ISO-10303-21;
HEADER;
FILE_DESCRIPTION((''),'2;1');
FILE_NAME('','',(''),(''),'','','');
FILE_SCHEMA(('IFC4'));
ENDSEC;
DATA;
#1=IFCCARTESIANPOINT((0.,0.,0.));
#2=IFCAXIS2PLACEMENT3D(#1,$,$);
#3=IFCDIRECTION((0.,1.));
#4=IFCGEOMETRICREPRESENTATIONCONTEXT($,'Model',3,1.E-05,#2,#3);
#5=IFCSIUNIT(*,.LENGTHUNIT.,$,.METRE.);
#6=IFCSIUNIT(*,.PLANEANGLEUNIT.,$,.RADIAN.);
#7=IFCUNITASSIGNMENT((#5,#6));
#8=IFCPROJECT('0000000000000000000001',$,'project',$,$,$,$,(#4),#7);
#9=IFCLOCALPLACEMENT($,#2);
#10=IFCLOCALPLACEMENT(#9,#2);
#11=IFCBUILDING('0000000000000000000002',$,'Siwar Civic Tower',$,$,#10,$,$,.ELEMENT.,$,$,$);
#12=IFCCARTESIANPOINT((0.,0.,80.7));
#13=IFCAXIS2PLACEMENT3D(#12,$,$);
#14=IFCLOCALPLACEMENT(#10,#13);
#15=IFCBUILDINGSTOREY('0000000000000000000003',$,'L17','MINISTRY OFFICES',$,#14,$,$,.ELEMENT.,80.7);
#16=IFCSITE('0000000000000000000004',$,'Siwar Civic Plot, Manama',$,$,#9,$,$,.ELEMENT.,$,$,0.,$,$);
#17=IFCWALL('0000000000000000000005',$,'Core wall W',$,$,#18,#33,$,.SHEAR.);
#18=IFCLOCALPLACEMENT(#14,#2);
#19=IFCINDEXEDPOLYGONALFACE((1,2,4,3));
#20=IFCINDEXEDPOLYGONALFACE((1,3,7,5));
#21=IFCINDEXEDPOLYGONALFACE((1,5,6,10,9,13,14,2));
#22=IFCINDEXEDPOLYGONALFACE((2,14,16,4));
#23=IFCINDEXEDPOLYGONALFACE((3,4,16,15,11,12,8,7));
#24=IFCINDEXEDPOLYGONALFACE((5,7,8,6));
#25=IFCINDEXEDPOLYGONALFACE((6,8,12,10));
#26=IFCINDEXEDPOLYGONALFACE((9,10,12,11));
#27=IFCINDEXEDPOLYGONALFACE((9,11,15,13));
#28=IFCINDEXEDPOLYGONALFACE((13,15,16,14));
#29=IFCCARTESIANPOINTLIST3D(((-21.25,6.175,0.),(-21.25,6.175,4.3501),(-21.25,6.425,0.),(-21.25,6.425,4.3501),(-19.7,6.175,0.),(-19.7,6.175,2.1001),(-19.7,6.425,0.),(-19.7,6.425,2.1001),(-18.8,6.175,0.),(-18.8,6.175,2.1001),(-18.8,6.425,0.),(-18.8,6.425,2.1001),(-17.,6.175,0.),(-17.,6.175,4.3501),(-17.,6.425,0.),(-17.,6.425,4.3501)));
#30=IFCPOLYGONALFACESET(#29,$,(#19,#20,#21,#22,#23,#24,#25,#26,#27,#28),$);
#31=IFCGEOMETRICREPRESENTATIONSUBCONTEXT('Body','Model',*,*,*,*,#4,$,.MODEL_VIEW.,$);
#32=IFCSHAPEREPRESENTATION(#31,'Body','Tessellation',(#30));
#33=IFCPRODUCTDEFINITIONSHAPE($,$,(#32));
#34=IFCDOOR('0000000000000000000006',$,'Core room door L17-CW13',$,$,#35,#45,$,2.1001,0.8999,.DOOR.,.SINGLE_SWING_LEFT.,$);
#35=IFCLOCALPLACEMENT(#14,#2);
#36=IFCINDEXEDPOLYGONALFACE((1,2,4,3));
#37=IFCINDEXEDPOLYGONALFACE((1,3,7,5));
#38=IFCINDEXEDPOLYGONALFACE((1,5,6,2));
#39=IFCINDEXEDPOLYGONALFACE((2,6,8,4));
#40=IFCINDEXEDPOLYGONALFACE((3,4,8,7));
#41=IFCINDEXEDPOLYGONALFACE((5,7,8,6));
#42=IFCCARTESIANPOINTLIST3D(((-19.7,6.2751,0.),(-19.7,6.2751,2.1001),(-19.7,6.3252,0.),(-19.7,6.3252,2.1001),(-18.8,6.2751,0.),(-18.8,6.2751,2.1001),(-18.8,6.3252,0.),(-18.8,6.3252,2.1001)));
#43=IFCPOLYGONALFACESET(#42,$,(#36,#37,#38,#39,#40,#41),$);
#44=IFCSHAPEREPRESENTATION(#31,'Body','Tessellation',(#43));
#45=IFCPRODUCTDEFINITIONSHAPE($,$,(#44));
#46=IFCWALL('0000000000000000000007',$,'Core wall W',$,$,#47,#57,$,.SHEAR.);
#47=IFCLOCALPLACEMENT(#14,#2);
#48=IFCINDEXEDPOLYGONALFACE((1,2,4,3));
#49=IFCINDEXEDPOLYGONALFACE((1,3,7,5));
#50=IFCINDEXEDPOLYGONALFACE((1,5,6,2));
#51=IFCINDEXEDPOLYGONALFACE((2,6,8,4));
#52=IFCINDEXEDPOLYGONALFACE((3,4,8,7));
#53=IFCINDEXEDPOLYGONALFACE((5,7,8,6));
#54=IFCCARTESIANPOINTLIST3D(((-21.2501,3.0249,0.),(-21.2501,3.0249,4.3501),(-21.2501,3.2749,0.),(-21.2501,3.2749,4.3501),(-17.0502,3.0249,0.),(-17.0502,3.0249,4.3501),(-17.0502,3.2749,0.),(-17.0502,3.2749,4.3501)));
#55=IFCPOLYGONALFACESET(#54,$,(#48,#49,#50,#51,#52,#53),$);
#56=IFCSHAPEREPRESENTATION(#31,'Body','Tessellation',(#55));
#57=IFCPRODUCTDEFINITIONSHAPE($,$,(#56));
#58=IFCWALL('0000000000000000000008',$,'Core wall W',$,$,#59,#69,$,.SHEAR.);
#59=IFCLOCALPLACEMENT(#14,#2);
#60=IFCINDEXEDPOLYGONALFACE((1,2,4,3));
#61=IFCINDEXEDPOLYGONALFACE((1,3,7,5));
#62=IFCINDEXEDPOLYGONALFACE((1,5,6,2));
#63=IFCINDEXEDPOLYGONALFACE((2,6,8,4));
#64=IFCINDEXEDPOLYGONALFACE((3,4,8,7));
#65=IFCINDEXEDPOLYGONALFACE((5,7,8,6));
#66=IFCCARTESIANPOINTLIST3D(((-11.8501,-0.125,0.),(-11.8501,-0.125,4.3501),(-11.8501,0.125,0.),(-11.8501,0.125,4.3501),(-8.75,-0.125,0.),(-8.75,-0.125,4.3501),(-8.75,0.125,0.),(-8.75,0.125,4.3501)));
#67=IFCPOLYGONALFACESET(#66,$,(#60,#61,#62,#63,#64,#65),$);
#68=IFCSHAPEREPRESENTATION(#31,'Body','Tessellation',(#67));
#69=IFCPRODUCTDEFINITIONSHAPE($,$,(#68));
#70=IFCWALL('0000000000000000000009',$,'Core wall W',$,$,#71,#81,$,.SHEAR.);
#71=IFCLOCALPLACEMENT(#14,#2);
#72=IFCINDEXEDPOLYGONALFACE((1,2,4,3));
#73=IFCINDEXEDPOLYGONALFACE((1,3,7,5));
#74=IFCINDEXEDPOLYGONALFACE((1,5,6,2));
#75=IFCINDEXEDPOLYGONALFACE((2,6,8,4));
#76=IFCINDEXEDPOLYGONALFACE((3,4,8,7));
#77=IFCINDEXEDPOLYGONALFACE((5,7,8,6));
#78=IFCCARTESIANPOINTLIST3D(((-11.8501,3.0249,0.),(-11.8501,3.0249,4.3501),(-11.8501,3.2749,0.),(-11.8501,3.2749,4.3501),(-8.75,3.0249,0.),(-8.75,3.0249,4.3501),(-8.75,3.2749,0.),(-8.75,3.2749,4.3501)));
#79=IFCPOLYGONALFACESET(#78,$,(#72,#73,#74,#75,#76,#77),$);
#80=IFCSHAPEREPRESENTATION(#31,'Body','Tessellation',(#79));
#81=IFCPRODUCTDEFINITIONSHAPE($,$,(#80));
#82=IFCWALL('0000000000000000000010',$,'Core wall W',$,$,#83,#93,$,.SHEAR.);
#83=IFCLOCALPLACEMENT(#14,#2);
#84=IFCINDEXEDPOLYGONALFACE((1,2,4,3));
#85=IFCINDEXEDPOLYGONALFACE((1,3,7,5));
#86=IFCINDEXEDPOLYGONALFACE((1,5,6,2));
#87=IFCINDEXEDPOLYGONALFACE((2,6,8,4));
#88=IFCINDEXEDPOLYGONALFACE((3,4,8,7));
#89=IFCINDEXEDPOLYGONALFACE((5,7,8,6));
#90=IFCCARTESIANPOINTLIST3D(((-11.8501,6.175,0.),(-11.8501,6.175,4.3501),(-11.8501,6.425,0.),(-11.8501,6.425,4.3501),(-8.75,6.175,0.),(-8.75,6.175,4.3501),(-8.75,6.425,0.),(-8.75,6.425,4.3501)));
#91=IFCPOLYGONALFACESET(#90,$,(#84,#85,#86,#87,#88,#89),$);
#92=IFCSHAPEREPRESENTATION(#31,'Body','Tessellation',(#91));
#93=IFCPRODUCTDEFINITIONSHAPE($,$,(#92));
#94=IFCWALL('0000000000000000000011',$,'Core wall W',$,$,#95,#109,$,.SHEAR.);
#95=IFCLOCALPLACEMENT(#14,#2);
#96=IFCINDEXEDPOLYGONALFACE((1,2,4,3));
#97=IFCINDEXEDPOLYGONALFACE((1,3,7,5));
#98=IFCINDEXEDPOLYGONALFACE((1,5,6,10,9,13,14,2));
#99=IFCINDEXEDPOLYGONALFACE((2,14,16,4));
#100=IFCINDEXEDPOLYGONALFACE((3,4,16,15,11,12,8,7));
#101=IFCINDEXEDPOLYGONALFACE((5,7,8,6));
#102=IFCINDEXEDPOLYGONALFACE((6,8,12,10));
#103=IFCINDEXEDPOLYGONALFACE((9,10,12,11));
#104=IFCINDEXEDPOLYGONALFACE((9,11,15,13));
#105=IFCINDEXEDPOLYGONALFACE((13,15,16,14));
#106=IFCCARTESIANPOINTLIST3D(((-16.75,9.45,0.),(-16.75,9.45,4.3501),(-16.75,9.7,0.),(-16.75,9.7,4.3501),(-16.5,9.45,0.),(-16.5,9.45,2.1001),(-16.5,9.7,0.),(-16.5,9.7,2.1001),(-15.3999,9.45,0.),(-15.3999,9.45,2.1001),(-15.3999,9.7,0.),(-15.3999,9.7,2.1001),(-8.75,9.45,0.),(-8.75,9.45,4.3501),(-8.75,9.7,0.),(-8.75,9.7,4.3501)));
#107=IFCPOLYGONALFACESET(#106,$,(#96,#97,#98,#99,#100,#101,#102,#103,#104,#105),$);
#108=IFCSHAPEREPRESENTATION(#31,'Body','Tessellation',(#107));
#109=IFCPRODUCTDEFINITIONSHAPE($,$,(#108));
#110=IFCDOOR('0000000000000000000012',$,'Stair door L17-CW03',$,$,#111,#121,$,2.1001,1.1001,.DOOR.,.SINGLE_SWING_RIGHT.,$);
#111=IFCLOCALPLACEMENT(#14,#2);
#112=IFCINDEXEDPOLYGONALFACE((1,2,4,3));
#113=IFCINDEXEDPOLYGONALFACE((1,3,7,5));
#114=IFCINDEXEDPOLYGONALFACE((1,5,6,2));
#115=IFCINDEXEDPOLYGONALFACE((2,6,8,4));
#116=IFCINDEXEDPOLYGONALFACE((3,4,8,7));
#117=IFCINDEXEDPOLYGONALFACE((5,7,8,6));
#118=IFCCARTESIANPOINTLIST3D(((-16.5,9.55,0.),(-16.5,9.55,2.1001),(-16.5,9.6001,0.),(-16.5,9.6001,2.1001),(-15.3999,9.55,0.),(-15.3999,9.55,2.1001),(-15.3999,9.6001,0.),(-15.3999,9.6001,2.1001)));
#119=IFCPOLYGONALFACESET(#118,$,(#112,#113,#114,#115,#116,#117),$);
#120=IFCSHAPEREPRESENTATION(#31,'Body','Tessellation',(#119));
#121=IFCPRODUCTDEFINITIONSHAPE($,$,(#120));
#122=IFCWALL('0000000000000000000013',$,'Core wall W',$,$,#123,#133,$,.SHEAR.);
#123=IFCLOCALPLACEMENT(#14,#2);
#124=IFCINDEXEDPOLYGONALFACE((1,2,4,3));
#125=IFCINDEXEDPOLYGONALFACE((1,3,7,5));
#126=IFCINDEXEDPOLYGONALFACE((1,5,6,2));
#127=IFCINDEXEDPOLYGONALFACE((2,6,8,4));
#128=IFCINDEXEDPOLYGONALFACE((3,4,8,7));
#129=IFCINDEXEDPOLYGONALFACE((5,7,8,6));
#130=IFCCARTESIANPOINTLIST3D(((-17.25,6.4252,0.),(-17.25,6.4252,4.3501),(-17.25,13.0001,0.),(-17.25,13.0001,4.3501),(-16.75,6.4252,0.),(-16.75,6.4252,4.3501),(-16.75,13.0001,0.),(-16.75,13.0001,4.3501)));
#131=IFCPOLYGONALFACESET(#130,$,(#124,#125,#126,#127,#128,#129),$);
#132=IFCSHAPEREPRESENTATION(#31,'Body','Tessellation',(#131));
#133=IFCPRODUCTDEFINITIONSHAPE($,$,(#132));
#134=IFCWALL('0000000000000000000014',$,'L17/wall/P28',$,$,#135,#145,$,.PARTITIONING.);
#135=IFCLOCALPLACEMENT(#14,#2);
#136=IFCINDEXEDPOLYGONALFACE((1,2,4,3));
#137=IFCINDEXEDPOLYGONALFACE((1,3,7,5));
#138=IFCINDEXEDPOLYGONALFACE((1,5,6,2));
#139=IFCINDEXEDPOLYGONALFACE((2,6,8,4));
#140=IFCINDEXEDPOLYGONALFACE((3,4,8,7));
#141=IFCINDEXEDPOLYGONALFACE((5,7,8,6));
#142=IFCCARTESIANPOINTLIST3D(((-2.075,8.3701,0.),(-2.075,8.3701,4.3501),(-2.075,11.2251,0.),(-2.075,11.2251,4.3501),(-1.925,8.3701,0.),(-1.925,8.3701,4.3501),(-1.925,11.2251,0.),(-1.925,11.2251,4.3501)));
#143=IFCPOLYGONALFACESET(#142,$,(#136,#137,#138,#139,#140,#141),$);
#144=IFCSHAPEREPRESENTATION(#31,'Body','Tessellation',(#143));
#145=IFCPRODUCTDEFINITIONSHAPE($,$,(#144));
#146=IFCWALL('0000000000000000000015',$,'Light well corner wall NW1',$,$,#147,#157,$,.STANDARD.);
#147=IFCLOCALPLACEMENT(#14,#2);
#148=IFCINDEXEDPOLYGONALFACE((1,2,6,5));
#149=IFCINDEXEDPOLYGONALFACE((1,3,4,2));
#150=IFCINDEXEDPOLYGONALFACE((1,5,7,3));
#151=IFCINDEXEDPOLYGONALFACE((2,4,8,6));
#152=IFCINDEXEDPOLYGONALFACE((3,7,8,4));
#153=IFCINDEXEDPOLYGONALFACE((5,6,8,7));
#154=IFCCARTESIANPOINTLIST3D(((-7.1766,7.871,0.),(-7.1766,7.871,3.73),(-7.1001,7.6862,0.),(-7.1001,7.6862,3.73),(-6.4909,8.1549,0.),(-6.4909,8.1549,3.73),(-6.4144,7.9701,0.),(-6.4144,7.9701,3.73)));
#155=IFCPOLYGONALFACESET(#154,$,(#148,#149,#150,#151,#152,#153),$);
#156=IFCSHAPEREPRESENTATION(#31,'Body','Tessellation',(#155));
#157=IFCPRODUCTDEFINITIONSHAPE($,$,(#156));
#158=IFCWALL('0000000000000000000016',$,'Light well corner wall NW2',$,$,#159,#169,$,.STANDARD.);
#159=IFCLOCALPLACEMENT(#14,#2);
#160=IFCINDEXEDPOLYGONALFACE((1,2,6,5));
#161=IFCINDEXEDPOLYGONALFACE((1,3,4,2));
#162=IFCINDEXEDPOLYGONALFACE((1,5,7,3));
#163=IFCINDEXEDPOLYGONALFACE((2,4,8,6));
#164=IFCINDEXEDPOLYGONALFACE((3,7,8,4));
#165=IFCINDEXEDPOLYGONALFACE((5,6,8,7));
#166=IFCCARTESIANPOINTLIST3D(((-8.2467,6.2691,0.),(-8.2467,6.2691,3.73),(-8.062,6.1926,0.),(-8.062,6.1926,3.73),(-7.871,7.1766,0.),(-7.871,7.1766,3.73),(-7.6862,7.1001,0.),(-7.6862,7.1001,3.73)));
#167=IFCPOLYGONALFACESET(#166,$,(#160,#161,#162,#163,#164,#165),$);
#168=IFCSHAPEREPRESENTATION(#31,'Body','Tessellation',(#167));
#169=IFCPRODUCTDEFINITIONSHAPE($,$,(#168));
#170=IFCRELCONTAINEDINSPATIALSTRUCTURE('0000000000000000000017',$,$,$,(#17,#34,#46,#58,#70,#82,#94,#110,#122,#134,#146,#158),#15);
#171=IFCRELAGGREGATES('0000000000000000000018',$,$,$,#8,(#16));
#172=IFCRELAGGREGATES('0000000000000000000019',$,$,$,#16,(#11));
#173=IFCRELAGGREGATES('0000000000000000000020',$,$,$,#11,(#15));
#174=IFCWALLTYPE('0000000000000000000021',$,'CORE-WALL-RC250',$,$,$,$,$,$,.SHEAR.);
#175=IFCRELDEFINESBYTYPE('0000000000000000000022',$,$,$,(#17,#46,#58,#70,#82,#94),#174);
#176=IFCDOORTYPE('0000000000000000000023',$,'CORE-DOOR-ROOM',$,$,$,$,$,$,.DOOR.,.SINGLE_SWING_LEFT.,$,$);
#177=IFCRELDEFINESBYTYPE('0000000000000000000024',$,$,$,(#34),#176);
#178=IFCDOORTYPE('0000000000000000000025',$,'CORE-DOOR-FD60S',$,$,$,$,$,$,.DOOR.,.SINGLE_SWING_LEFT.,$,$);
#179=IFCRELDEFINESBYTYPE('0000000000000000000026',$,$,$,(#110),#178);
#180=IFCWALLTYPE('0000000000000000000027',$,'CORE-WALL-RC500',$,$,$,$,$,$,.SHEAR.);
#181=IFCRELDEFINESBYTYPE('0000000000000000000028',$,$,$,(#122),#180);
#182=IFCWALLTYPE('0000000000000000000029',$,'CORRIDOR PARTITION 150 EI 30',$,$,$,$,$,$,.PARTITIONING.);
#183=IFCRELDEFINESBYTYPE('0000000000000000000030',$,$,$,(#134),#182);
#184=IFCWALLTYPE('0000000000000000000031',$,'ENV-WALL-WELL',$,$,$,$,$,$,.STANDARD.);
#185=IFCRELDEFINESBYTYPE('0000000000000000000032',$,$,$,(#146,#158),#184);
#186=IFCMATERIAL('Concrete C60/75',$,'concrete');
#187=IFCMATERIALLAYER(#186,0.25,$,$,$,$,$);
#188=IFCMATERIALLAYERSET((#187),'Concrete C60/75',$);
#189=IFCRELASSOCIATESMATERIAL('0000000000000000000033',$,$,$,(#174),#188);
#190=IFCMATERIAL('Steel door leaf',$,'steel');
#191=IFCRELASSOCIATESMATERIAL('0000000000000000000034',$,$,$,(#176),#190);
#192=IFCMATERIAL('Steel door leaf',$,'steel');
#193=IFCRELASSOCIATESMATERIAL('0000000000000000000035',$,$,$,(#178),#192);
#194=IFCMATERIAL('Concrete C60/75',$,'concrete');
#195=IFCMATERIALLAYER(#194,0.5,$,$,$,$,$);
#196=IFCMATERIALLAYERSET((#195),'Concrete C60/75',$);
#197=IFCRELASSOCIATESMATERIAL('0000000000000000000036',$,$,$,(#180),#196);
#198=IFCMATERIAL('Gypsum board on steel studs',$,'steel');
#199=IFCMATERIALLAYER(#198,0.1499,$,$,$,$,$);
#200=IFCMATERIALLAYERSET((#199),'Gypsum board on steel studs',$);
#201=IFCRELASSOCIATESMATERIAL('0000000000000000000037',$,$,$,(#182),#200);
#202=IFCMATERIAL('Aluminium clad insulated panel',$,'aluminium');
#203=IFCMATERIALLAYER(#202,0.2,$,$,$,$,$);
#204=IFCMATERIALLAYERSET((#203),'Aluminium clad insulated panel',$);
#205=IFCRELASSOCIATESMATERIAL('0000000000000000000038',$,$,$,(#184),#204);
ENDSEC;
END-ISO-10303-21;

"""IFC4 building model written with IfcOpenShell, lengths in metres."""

from ifc_helpers import new_model, si_unit, direction, frame, frame_2d, origin, place, context, subcontext, project, spatial, rectangle, extrude, material, layer, layer_set, type_object, element, fill, save


model = new_model("IFC4")

# Units and contexts
model_context = context("Model", 3, precision=1e-05, world=origin(), true_north=direction((0.0, 1.0)))
body_context = subcontext(model_context, "Body", "Model", "MODEL_VIEW")
ifc_project = project(units=[si_unit("LENGTHUNIT", "METRE"), si_unit("PLANEANGLEUNIT", "RADIAN")], contexts=[model_context])

# Site, building, storey
site_placement = place(None, origin())
site = spatial("IfcSite", under=ifc_project, at=site_placement, Name="Siwar Civic Plot, Manama", CompositionType="ELEMENT", RefElevation=0.0)
building_placement = place(site_placement, origin())
building = spatial("IfcBuilding", under=site, at=building_placement, Name="Siwar Civic Tower", CompositionType="ELEMENT")
storey_placement = place(building_placement, frame((0.0, 0.0, 80.7)))
storey = spatial("IfcBuildingStorey", under=building, at=storey_placement, Name="L17", Description="MINISTRY OFFICES", CompositionType="ELEMENT", Elevation=80.7)

# Shared definitions
ifc_material_1 = material(Name="Concrete C60/75", Category="concrete")
ifc_layer_1 = layer(ifc_material_1, 0.25)
ifc_layer_set_1 = layer_set([ifc_layer_1], Name="Concrete C60/75")
wall_type_1 = type_object("IfcWallType", Name="CORE-WALL-RC250", PredefinedType="SHEAR", material=ifc_layer_set_1)

# Wall, opening, door
wall_1_placement = place(storey_placement, frame((-17.0, 6.3, 0.0), z_axis=(0.0, 0.0, 1.0), x_axis=(-1.0, 0.0, 0.0)))
wall_1 = element("IfcWall", 1, at=wall_1_placement, inside=storey, type_object=wall_type_1, Name="Core wall W", PredefinedType="SHEAR", context=body_context, shape_type="SweptSolid", body=[
    extrude(rectangle(XDim=4.25, YDim=0.25, at=frame_2d((2.125, 0.0))), origin(), (0.0, 0.0, 1.0), 4.3501),
])
opening_1_placement = place(wall_1_placement, frame((1.8, 0.0, 0.0)))
opening_1 = element("IfcOpeningElement", 2, at=opening_1_placement, cuts=wall_1, PredefinedType="OPENING", context=body_context, shape_type="SweptSolid", body=[
    extrude(rectangle(XDim=0.8999, YDim=2.1001, at=frame_2d((0.45, 1.05))), frame((0.0, 0.135, 0.0), z_axis=(0.0, -1.0, 0.0), x_axis=(1.0, 0.0, 0.0)), (0.0, 0.0, 1.0), 0.27),
])
ifc_material_2 = material(Name="Steel door leaf", Category="steel")
door_type_1 = type_object("IfcDoorType", Name="CORE-DOOR-ROOM", OperationType="SINGLE_SWING_LEFT", PredefinedType="DOOR", material=ifc_material_2)
door_1_placement = place(opening_1_placement, origin())
door_1 = element("IfcDoor", 3, at=door_1_placement, inside=storey, type_object=door_type_1, Name="Core room door L17-CW13", OperationType="SINGLE_SWING_LEFT", OverallHeight=2.1001, OverallWidth=0.8999, PredefinedType="DOOR", context=body_context, shape_type="SweptSolid", body=[
    extrude(rectangle(XDim=0.8999, YDim=2.1001, at=frame_2d((0.45, 1.05))), frame((0.0, 0.0249, 0.0), z_axis=(0.0, -1.0, 0.0), x_axis=(1.0, 0.0, 0.0)), (0.0, 0.0, 1.0), 0.05),
])
fill(opening_1, door_1)

# Walls
wall_2_placement = place(storey_placement, frame((-17.05, 3.1499, 0.0), z_axis=(0.0, 0.0, 1.0), x_axis=(-1.0, 0.0, 0.0)))
element("IfcWall", 4, at=wall_2_placement, inside=storey, type_object=wall_type_1, Name="Core wall W", PredefinedType="SHEAR", context=body_context, shape_type="SweptSolid", body=[
    extrude(rectangle(XDim=4.2, YDim=0.25, at=frame_2d((2.1001, 0.0))), origin(), (0.0, 0.0, 1.0), 4.3501),
])
for number, where, z_axis, x_axis, name in (
    (5, (-8.75, 0.0, 0.0), (0.0, 0.0, 1.0), (-1.0, 0.0, 0.0), "Core wall W"),
    (6, (-8.75, 3.1499, 0.0), (0.0, 0.0, 1.0), (-1.0, 0.0, 0.0), "Core wall W"),
    (7, (-8.75, 6.3, 0.0), (0.0, 0.0, 1.0), (-1.0, 0.0, 0.0), "Core wall W"),
):
    element("IfcWall", number, at=place(storey_placement, frame(where, z_axis=z_axis, x_axis=x_axis)), inside=storey, type_object=wall_type_1, Name=name, PredefinedType="SHEAR", context=body_context, shape_type="SweptSolid", body=[
        extrude(rectangle(XDim=3.1001, YDim=0.25, at=frame_2d((1.55, 0.0))), origin(), (0.0, 0.0, 1.0), 4.3501),
    ])

# Wall, opening, door
wall_3_placement = place(storey_placement, frame((-8.75, 9.575, 0.0), z_axis=(0.0, 0.0, 1.0), x_axis=(-1.0, 0.0, 0.0)))
wall_3 = element("IfcWall", 8, at=wall_3_placement, inside=storey, type_object=wall_type_1, Name="Core wall W", PredefinedType="SHEAR", context=body_context, shape_type="SweptSolid", body=[
    extrude(rectangle(XDim=8.0, YDim=0.25, at=frame_2d((4.0, 0.0))), origin(), (0.0, 0.0, 1.0), 4.3501),
])
opening_2_placement = place(wall_3_placement, frame((6.6499, 0.0, 0.0)))
opening_2 = element("IfcOpeningElement", 9, at=opening_2_placement, cuts=wall_3, PredefinedType="OPENING", context=body_context, shape_type="SweptSolid", body=[
    extrude(rectangle(XDim=1.1001, YDim=2.1001, at=frame_2d((0.55, 1.05))), frame((0.0, 0.135, 0.0), z_axis=(0.0, -1.0, 0.0), x_axis=(1.0, 0.0, 0.0)), (0.0, 0.0, 1.0), 0.27),
])
ifc_material_3 = material(Name="Steel door leaf", Category="steel")
door_type_2 = type_object("IfcDoorType", Name="CORE-DOOR-FD60S", OperationType="SINGLE_SWING_LEFT", PredefinedType="DOOR", material=ifc_material_3)
door_2_placement = place(opening_2_placement, origin())
door_2 = element("IfcDoor", 10, at=door_2_placement, inside=storey, type_object=door_type_2, Name="Stair door L17-CW03", OperationType="SINGLE_SWING_RIGHT", OverallHeight=2.1001, OverallWidth=1.1001, PredefinedType="DOOR", context=body_context, shape_type="SweptSolid", body=[
    extrude(rectangle(XDim=1.1001, YDim=2.1001, at=frame_2d((0.55, 1.05))), frame((0.0, 0.0249, 0.0), z_axis=(0.0, -1.0, 0.0), x_axis=(1.0, 0.0, 0.0)), (0.0, 0.0, 1.0), 0.05),
])
fill(opening_2, door_2)

# Walls
ifc_material_4 = material(Name="Concrete C60/75", Category="concrete")
ifc_layer_2 = layer(ifc_material_4, 0.5)
ifc_layer_set_2 = layer_set([ifc_layer_2], Name="Concrete C60/75")
wall_type_2 = type_object("IfcWallType", Name="CORE-WALL-RC500", PredefinedType="SHEAR", material=ifc_layer_set_2)
wall_4_placement = place(storey_placement, frame((-17.0, 6.425, 0.0), z_axis=(0.0, 0.0, 1.0), x_axis=(0.0, 1.0, 0.0)))
element("IfcWall", 11, at=wall_4_placement, inside=storey, type_object=wall_type_2, Name="Core wall W", PredefinedType="SHEAR", context=body_context, shape_type="SweptSolid", body=[
    extrude(rectangle(XDim=6.575, YDim=0.5, at=frame_2d((3.2876, 0.0))), origin(), (0.0, 0.0, 1.0), 4.3501),
])
ifc_material_5 = material(Name="Gypsum board on steel studs", Category="steel")
ifc_layer_3 = layer(ifc_material_5, 0.1499)
ifc_layer_set_3 = layer_set([ifc_layer_3], Name="Gypsum board on steel studs")
wall_type_3 = type_object("IfcWallType", Name="CORRIDOR PARTITION 150 EI 30", PredefinedType="PARTITIONING", material=ifc_layer_set_3)
wall_5_placement = place(storey_placement, frame((-2.0, 8.3701, 0.0), z_axis=(0.0, 0.0, 1.0), x_axis=(0.0, 1.0, 0.0)))
element("IfcWall", 12, at=wall_5_placement, inside=storey, type_object=wall_type_3, Name="L17/wall/P28", PredefinedType="PARTITIONING", context=body_context, shape_type="SweptSolid", body=[
    extrude(rectangle(XDim=2.855, YDim=0.1499, at=frame_2d((1.4275, 0.0))), origin(), (0.0, 0.0, 1.0), 4.3501),
])
ifc_material_6 = material(Name="Aluminium clad insulated panel", Category="aluminium")
ifc_layer_4 = layer(ifc_material_6, 0.2)
ifc_layer_set_4 = layer_set([ifc_layer_4], Name="Aluminium clad insulated panel")
wall_type_4 = type_object("IfcWallType", Name="ENV-WALL-WELL", PredefinedType="STANDARD", material=ifc_layer_set_4)
wall_6_placement = place(storey_placement, frame((-6.4526, 8.0625, 0.0), z_axis=(0.0, 0.0, 1.0), x_axis=(-0.923941, -0.382536, 0.0)))
element("IfcWall", 13, at=wall_6_placement, inside=storey, type_object=wall_type_4, Name="Light well corner wall NW1", PredefinedType="STANDARD", context=body_context, shape_type="SweptSolid", body=[
    extrude(rectangle(XDim=0.7422, YDim=0.2, at=frame_2d((0.3711, 0.0))), origin(), (0.0, 0.0, 1.0), 3.73),
])
wall_7_placement = place(storey_placement, frame((-7.7786, 7.1384, 0.0), z_axis=(0.0, 0.0, 1.0), x_axis=(-0.382549, -0.923935, 0.0)))
element("IfcWall", 14, at=wall_7_placement, inside=storey, type_object=wall_type_4, Name="Light well corner wall NW2", PredefinedType="STANDARD", context=body_context, shape_type="SweptSolid", body=[
    extrude(rectangle(XDim=0.9822, YDim=0.2, at=frame_2d((0.4912, 0.0))), origin(), (0.0, 0.0, 1.0), 3.73),
])

save(model, "model.ifc")
